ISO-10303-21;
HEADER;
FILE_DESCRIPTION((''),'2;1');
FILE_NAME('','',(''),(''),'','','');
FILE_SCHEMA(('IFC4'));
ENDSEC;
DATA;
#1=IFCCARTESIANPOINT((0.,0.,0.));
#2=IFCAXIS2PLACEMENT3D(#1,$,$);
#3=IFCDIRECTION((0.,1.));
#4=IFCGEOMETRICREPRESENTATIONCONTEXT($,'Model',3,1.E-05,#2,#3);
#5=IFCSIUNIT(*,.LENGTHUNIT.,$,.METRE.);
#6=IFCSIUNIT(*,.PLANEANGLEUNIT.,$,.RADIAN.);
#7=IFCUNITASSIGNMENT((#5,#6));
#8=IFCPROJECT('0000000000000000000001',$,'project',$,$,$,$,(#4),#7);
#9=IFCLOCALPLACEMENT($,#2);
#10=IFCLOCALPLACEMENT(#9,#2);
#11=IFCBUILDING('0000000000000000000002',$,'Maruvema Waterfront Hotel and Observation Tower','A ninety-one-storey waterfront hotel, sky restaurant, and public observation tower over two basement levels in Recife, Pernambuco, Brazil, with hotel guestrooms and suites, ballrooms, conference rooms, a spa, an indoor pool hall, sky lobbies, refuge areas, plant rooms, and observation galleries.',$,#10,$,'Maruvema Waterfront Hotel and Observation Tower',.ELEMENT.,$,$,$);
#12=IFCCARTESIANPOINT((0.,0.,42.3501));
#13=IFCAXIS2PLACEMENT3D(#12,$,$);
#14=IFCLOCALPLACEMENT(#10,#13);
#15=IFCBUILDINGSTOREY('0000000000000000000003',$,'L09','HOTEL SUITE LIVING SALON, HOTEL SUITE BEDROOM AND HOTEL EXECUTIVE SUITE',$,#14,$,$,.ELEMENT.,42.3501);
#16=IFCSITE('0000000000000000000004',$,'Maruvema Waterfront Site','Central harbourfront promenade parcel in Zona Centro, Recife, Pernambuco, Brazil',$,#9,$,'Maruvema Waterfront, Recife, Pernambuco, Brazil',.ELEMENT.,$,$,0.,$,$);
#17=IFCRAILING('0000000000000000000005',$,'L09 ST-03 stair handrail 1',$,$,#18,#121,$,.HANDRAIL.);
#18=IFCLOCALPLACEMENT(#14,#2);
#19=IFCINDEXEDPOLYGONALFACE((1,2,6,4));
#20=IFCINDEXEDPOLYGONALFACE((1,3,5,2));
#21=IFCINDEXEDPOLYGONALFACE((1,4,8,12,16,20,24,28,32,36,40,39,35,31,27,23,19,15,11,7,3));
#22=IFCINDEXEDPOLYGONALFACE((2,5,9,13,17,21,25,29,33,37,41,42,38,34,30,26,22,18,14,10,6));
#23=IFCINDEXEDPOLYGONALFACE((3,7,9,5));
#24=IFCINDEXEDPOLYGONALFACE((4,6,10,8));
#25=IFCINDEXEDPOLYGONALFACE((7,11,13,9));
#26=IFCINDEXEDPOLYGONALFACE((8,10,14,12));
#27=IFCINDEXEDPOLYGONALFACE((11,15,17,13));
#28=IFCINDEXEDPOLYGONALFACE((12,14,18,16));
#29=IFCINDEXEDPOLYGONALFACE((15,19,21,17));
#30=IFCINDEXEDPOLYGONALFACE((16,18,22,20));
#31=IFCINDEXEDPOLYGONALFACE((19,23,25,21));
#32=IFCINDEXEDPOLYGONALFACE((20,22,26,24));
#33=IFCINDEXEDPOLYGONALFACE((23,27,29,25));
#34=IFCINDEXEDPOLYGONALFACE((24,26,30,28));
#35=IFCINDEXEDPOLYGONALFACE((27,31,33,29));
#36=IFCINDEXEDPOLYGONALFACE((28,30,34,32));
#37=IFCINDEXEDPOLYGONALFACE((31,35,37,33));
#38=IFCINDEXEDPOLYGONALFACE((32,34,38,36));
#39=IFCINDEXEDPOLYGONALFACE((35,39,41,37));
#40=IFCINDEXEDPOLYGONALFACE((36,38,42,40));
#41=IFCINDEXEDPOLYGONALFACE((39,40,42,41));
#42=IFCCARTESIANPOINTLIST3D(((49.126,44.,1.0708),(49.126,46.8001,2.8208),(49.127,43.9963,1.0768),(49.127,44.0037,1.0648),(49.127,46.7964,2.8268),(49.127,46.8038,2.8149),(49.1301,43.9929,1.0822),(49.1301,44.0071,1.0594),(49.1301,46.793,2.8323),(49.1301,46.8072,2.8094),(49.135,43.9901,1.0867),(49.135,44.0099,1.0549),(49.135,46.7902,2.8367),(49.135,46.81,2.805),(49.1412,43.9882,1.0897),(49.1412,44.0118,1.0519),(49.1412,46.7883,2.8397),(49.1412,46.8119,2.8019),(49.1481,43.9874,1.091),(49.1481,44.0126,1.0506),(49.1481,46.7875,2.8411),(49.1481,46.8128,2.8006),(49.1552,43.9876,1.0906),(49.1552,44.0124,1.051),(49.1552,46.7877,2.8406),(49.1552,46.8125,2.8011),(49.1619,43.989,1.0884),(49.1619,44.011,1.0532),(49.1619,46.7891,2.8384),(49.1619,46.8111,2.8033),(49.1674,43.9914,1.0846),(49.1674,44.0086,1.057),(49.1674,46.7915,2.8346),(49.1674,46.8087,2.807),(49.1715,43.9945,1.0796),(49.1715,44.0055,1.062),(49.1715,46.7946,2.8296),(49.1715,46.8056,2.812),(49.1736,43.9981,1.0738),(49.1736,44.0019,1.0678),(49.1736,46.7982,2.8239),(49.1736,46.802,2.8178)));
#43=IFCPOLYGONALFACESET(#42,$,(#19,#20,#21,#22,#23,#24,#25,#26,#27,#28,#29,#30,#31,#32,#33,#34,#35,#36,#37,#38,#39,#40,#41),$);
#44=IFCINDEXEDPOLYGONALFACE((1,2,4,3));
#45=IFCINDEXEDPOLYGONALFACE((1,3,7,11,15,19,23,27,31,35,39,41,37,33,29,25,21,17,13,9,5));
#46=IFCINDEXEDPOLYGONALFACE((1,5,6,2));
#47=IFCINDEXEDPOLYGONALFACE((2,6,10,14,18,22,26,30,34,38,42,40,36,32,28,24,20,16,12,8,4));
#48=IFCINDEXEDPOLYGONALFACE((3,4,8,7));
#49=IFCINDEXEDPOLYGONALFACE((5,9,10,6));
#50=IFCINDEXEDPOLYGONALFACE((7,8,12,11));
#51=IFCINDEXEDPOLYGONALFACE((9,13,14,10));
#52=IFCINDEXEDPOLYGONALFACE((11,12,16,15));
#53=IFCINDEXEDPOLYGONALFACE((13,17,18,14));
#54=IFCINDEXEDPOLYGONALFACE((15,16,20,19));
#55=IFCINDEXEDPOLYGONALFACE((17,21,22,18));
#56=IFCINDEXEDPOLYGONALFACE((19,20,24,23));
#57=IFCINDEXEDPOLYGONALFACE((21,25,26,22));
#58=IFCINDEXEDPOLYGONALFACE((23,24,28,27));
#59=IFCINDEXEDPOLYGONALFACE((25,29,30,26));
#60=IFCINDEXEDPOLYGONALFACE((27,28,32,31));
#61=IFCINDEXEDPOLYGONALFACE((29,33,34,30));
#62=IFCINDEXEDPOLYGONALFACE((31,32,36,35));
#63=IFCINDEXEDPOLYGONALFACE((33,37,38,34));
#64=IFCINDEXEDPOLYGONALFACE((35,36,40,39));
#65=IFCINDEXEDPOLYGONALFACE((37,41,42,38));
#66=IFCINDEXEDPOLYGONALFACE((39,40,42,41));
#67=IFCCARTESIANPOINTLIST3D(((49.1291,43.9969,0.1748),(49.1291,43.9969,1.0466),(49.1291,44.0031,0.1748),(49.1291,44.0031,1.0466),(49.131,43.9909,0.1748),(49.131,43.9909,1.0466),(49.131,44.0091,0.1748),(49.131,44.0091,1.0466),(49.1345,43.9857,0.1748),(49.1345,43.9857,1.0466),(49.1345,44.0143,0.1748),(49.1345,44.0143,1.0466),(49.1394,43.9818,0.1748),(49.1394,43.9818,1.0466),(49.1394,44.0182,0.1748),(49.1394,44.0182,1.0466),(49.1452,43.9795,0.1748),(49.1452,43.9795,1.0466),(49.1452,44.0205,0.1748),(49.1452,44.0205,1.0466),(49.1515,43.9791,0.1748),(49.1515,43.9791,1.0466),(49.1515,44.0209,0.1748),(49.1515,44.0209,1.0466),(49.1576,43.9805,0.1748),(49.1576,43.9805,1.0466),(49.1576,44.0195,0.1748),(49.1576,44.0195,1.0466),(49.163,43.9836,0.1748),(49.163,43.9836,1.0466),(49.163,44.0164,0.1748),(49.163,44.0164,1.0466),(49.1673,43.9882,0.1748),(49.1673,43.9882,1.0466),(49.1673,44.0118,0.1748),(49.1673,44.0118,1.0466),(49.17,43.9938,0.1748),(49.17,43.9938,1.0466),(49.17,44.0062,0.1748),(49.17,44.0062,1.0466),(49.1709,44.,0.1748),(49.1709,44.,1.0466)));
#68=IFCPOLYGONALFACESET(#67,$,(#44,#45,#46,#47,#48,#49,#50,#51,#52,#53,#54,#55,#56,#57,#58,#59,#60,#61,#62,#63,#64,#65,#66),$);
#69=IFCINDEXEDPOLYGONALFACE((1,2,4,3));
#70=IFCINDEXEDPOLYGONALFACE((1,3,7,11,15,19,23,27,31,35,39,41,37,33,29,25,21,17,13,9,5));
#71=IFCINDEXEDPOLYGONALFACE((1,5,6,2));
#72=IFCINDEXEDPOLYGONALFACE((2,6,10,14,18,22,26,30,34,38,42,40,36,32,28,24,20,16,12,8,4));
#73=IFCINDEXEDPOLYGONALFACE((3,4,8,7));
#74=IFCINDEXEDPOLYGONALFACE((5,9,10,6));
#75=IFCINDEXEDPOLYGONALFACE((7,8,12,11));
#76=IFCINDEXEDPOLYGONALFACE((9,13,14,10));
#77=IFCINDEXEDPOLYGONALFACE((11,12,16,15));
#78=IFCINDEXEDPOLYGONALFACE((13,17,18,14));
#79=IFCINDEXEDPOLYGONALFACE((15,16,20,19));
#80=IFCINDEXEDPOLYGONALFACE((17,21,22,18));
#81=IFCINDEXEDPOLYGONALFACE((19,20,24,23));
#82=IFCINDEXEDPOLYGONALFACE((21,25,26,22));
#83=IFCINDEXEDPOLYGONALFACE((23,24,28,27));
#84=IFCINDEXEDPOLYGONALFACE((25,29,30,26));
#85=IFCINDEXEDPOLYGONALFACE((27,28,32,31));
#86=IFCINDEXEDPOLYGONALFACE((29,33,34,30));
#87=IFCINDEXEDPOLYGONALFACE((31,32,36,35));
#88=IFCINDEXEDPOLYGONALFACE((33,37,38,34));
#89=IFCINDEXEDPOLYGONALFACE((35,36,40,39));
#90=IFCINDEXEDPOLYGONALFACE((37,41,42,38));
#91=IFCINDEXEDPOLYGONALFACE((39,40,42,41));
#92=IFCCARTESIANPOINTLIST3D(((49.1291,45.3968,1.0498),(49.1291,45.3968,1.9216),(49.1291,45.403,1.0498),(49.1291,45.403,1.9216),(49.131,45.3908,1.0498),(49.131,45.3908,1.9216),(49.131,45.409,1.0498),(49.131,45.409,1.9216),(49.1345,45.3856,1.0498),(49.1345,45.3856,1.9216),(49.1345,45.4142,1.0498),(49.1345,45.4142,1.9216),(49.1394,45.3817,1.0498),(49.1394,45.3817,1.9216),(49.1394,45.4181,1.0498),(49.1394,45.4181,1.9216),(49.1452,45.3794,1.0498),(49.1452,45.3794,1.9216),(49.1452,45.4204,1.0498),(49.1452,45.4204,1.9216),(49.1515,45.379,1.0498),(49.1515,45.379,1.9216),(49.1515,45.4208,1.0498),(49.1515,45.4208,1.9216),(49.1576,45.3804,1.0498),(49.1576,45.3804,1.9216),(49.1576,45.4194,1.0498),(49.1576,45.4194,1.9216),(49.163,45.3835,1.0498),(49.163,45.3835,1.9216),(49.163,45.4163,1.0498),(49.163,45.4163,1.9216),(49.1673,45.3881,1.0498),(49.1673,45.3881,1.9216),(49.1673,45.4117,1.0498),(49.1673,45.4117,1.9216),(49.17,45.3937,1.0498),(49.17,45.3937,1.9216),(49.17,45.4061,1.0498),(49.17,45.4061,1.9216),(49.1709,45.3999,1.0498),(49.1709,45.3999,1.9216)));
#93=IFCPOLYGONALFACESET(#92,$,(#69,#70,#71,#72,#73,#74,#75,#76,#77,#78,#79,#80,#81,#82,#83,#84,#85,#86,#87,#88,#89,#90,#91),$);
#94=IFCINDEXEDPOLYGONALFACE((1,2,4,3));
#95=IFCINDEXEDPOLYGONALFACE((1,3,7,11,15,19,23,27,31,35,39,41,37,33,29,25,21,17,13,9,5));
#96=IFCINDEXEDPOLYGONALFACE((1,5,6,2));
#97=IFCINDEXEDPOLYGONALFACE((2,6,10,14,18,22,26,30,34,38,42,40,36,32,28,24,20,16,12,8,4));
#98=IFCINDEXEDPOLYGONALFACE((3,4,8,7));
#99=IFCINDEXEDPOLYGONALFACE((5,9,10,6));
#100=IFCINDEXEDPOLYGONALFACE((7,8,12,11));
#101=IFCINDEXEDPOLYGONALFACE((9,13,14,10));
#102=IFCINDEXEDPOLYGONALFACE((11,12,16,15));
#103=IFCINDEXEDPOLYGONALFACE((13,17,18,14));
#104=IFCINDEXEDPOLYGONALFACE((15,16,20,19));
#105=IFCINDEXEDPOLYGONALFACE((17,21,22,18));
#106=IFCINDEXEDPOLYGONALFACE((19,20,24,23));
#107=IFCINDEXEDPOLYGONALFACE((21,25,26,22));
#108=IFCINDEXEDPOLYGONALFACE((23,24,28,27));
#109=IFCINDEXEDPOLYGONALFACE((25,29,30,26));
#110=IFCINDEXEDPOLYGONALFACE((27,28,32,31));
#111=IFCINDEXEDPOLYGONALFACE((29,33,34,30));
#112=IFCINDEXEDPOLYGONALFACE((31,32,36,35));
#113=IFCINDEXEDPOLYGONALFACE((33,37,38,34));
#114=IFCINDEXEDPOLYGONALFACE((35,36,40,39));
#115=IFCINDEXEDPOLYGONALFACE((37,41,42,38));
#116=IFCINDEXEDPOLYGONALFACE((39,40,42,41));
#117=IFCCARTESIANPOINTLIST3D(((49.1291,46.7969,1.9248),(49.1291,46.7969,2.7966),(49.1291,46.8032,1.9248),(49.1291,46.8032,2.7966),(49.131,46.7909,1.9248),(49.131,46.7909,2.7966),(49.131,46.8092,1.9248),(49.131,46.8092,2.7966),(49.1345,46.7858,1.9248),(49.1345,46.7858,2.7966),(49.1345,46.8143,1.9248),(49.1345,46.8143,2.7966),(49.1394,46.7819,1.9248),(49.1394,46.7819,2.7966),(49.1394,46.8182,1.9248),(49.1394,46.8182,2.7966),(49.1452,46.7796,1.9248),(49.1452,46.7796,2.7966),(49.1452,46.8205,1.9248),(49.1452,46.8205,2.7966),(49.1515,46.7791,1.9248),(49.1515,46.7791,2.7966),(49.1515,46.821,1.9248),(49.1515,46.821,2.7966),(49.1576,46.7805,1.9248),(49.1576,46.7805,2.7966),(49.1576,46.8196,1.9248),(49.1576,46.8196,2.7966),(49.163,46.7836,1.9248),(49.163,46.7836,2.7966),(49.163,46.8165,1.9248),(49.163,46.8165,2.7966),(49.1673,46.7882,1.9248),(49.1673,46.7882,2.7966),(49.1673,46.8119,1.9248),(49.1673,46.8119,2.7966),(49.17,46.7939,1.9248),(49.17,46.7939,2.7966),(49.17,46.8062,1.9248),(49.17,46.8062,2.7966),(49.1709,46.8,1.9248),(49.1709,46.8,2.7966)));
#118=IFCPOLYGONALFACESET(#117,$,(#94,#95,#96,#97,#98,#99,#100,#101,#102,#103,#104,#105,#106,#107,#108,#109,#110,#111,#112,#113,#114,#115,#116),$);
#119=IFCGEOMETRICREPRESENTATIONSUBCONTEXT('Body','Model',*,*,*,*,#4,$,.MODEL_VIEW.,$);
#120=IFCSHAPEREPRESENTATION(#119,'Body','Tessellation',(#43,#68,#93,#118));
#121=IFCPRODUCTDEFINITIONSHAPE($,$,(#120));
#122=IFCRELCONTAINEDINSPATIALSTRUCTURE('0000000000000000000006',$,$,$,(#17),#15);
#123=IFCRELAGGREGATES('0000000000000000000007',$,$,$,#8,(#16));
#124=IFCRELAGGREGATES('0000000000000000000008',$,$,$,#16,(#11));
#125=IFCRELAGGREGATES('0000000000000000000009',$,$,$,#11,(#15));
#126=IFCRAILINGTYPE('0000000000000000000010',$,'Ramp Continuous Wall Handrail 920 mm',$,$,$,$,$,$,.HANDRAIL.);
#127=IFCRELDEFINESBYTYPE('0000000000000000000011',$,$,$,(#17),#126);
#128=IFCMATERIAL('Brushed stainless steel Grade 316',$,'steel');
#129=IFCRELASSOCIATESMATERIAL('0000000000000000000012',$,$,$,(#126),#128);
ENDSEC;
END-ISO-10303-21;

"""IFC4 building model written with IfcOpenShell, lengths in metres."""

from ifc_helpers import new_model, si_unit, direction, frame, origin, origin_2d, place, context, subcontext, project, spatial, circle, extrude, material, type_object, element, save


model = new_model("IFC4")

# Units and contexts
model_context = context("Model", 3, precision=1e-05, world=origin(), true_north=direction((0.0, 1.0)))
body_context = subcontext(model_context, "Body", "Model", "MODEL_VIEW")
ifc_project = project(units=[si_unit("LENGTHUNIT", "METRE"), si_unit("PLANEANGLEUNIT", "RADIAN")], contexts=[model_context])

# Site, building, storey
site_placement = place(None, origin())
site = spatial("IfcSite", under=ifc_project, at=site_placement, Name="Maruvema Waterfront Site", Description="Central harbourfront promenade parcel in Zona Centro, Recife, Pernambuco, Brazil", LongName="Maruvema Waterfront, Recife, Pernambuco, Brazil", CompositionType="ELEMENT", RefElevation=0.0)
building_placement = place(site_placement, origin())
building = spatial("IfcBuilding", under=site, at=building_placement, Name="Maruvema Waterfront Hotel and Observation Tower", Description="A ninety-one-storey waterfront hotel, sky restaurant, and public observation tower over two basement levels in Recife, Pernambuco, Brazil, with hotel guestrooms and suites, ballrooms, conference rooms, a spa, an indoor pool hall, sky lobbies, refuge areas, plant rooms, and observation galleries.", LongName="Maruvema Waterfront Hotel and Observation Tower", CompositionType="ELEMENT")
storey_placement = place(building_placement, frame((0.0, 0.0, 42.3501)))
storey = spatial("IfcBuildingStorey", under=building, at=storey_placement, Name="L09", Description="HOTEL SUITE LIVING SALON, HOTEL SUITE BEDROOM AND HOTEL EXECUTIVE SUITE", CompositionType="ELEMENT", Elevation=42.3501)

# Railing
ifc_material_1 = material(Name="Brushed stainless steel Grade 316", Category="steel")
railing_type_1 = type_object("IfcRailingType", Name="Ramp Continuous Wall Handrail 920 mm", PredefinedType="HANDRAIL", material=ifc_material_1)
railing_1_placement = place(storey_placement, frame((49.1499, 44.0, 0.1748)))
element("IfcRailing", 1, at=railing_1_placement, inside=storey, type_object=railing_type_1, Name="L09 ST-03 stair handrail 1", PredefinedType="HANDRAIL", context=body_context, shape_type="SweptSolid", body=[
    extrude(circle(Radius=0.0239, at=origin_2d()), frame((0.0, 0.0, 0.896), z_axis=(0.0, 0.848002, 0.529992), x_axis=(-1.0, 0.0, 0.0)), (0.0, 0.0, 1.0), 3.302),
    extrude(circle(Radius=0.021, at=origin_2d()), origin(), (0.0, 0.0, 1.0), 0.8718),
    extrude(circle(Radius=0.021, at=origin_2d()), frame((0.0, 1.3999, 0.875)), (0.0, 0.0, 1.0), 0.8718),
    extrude(circle(Radius=0.021, at=origin_2d()), frame((0.0, 2.8, 1.75)), (0.0, 0.0, 1.0), 0.8718),
])

save(model, "model.ifc")
